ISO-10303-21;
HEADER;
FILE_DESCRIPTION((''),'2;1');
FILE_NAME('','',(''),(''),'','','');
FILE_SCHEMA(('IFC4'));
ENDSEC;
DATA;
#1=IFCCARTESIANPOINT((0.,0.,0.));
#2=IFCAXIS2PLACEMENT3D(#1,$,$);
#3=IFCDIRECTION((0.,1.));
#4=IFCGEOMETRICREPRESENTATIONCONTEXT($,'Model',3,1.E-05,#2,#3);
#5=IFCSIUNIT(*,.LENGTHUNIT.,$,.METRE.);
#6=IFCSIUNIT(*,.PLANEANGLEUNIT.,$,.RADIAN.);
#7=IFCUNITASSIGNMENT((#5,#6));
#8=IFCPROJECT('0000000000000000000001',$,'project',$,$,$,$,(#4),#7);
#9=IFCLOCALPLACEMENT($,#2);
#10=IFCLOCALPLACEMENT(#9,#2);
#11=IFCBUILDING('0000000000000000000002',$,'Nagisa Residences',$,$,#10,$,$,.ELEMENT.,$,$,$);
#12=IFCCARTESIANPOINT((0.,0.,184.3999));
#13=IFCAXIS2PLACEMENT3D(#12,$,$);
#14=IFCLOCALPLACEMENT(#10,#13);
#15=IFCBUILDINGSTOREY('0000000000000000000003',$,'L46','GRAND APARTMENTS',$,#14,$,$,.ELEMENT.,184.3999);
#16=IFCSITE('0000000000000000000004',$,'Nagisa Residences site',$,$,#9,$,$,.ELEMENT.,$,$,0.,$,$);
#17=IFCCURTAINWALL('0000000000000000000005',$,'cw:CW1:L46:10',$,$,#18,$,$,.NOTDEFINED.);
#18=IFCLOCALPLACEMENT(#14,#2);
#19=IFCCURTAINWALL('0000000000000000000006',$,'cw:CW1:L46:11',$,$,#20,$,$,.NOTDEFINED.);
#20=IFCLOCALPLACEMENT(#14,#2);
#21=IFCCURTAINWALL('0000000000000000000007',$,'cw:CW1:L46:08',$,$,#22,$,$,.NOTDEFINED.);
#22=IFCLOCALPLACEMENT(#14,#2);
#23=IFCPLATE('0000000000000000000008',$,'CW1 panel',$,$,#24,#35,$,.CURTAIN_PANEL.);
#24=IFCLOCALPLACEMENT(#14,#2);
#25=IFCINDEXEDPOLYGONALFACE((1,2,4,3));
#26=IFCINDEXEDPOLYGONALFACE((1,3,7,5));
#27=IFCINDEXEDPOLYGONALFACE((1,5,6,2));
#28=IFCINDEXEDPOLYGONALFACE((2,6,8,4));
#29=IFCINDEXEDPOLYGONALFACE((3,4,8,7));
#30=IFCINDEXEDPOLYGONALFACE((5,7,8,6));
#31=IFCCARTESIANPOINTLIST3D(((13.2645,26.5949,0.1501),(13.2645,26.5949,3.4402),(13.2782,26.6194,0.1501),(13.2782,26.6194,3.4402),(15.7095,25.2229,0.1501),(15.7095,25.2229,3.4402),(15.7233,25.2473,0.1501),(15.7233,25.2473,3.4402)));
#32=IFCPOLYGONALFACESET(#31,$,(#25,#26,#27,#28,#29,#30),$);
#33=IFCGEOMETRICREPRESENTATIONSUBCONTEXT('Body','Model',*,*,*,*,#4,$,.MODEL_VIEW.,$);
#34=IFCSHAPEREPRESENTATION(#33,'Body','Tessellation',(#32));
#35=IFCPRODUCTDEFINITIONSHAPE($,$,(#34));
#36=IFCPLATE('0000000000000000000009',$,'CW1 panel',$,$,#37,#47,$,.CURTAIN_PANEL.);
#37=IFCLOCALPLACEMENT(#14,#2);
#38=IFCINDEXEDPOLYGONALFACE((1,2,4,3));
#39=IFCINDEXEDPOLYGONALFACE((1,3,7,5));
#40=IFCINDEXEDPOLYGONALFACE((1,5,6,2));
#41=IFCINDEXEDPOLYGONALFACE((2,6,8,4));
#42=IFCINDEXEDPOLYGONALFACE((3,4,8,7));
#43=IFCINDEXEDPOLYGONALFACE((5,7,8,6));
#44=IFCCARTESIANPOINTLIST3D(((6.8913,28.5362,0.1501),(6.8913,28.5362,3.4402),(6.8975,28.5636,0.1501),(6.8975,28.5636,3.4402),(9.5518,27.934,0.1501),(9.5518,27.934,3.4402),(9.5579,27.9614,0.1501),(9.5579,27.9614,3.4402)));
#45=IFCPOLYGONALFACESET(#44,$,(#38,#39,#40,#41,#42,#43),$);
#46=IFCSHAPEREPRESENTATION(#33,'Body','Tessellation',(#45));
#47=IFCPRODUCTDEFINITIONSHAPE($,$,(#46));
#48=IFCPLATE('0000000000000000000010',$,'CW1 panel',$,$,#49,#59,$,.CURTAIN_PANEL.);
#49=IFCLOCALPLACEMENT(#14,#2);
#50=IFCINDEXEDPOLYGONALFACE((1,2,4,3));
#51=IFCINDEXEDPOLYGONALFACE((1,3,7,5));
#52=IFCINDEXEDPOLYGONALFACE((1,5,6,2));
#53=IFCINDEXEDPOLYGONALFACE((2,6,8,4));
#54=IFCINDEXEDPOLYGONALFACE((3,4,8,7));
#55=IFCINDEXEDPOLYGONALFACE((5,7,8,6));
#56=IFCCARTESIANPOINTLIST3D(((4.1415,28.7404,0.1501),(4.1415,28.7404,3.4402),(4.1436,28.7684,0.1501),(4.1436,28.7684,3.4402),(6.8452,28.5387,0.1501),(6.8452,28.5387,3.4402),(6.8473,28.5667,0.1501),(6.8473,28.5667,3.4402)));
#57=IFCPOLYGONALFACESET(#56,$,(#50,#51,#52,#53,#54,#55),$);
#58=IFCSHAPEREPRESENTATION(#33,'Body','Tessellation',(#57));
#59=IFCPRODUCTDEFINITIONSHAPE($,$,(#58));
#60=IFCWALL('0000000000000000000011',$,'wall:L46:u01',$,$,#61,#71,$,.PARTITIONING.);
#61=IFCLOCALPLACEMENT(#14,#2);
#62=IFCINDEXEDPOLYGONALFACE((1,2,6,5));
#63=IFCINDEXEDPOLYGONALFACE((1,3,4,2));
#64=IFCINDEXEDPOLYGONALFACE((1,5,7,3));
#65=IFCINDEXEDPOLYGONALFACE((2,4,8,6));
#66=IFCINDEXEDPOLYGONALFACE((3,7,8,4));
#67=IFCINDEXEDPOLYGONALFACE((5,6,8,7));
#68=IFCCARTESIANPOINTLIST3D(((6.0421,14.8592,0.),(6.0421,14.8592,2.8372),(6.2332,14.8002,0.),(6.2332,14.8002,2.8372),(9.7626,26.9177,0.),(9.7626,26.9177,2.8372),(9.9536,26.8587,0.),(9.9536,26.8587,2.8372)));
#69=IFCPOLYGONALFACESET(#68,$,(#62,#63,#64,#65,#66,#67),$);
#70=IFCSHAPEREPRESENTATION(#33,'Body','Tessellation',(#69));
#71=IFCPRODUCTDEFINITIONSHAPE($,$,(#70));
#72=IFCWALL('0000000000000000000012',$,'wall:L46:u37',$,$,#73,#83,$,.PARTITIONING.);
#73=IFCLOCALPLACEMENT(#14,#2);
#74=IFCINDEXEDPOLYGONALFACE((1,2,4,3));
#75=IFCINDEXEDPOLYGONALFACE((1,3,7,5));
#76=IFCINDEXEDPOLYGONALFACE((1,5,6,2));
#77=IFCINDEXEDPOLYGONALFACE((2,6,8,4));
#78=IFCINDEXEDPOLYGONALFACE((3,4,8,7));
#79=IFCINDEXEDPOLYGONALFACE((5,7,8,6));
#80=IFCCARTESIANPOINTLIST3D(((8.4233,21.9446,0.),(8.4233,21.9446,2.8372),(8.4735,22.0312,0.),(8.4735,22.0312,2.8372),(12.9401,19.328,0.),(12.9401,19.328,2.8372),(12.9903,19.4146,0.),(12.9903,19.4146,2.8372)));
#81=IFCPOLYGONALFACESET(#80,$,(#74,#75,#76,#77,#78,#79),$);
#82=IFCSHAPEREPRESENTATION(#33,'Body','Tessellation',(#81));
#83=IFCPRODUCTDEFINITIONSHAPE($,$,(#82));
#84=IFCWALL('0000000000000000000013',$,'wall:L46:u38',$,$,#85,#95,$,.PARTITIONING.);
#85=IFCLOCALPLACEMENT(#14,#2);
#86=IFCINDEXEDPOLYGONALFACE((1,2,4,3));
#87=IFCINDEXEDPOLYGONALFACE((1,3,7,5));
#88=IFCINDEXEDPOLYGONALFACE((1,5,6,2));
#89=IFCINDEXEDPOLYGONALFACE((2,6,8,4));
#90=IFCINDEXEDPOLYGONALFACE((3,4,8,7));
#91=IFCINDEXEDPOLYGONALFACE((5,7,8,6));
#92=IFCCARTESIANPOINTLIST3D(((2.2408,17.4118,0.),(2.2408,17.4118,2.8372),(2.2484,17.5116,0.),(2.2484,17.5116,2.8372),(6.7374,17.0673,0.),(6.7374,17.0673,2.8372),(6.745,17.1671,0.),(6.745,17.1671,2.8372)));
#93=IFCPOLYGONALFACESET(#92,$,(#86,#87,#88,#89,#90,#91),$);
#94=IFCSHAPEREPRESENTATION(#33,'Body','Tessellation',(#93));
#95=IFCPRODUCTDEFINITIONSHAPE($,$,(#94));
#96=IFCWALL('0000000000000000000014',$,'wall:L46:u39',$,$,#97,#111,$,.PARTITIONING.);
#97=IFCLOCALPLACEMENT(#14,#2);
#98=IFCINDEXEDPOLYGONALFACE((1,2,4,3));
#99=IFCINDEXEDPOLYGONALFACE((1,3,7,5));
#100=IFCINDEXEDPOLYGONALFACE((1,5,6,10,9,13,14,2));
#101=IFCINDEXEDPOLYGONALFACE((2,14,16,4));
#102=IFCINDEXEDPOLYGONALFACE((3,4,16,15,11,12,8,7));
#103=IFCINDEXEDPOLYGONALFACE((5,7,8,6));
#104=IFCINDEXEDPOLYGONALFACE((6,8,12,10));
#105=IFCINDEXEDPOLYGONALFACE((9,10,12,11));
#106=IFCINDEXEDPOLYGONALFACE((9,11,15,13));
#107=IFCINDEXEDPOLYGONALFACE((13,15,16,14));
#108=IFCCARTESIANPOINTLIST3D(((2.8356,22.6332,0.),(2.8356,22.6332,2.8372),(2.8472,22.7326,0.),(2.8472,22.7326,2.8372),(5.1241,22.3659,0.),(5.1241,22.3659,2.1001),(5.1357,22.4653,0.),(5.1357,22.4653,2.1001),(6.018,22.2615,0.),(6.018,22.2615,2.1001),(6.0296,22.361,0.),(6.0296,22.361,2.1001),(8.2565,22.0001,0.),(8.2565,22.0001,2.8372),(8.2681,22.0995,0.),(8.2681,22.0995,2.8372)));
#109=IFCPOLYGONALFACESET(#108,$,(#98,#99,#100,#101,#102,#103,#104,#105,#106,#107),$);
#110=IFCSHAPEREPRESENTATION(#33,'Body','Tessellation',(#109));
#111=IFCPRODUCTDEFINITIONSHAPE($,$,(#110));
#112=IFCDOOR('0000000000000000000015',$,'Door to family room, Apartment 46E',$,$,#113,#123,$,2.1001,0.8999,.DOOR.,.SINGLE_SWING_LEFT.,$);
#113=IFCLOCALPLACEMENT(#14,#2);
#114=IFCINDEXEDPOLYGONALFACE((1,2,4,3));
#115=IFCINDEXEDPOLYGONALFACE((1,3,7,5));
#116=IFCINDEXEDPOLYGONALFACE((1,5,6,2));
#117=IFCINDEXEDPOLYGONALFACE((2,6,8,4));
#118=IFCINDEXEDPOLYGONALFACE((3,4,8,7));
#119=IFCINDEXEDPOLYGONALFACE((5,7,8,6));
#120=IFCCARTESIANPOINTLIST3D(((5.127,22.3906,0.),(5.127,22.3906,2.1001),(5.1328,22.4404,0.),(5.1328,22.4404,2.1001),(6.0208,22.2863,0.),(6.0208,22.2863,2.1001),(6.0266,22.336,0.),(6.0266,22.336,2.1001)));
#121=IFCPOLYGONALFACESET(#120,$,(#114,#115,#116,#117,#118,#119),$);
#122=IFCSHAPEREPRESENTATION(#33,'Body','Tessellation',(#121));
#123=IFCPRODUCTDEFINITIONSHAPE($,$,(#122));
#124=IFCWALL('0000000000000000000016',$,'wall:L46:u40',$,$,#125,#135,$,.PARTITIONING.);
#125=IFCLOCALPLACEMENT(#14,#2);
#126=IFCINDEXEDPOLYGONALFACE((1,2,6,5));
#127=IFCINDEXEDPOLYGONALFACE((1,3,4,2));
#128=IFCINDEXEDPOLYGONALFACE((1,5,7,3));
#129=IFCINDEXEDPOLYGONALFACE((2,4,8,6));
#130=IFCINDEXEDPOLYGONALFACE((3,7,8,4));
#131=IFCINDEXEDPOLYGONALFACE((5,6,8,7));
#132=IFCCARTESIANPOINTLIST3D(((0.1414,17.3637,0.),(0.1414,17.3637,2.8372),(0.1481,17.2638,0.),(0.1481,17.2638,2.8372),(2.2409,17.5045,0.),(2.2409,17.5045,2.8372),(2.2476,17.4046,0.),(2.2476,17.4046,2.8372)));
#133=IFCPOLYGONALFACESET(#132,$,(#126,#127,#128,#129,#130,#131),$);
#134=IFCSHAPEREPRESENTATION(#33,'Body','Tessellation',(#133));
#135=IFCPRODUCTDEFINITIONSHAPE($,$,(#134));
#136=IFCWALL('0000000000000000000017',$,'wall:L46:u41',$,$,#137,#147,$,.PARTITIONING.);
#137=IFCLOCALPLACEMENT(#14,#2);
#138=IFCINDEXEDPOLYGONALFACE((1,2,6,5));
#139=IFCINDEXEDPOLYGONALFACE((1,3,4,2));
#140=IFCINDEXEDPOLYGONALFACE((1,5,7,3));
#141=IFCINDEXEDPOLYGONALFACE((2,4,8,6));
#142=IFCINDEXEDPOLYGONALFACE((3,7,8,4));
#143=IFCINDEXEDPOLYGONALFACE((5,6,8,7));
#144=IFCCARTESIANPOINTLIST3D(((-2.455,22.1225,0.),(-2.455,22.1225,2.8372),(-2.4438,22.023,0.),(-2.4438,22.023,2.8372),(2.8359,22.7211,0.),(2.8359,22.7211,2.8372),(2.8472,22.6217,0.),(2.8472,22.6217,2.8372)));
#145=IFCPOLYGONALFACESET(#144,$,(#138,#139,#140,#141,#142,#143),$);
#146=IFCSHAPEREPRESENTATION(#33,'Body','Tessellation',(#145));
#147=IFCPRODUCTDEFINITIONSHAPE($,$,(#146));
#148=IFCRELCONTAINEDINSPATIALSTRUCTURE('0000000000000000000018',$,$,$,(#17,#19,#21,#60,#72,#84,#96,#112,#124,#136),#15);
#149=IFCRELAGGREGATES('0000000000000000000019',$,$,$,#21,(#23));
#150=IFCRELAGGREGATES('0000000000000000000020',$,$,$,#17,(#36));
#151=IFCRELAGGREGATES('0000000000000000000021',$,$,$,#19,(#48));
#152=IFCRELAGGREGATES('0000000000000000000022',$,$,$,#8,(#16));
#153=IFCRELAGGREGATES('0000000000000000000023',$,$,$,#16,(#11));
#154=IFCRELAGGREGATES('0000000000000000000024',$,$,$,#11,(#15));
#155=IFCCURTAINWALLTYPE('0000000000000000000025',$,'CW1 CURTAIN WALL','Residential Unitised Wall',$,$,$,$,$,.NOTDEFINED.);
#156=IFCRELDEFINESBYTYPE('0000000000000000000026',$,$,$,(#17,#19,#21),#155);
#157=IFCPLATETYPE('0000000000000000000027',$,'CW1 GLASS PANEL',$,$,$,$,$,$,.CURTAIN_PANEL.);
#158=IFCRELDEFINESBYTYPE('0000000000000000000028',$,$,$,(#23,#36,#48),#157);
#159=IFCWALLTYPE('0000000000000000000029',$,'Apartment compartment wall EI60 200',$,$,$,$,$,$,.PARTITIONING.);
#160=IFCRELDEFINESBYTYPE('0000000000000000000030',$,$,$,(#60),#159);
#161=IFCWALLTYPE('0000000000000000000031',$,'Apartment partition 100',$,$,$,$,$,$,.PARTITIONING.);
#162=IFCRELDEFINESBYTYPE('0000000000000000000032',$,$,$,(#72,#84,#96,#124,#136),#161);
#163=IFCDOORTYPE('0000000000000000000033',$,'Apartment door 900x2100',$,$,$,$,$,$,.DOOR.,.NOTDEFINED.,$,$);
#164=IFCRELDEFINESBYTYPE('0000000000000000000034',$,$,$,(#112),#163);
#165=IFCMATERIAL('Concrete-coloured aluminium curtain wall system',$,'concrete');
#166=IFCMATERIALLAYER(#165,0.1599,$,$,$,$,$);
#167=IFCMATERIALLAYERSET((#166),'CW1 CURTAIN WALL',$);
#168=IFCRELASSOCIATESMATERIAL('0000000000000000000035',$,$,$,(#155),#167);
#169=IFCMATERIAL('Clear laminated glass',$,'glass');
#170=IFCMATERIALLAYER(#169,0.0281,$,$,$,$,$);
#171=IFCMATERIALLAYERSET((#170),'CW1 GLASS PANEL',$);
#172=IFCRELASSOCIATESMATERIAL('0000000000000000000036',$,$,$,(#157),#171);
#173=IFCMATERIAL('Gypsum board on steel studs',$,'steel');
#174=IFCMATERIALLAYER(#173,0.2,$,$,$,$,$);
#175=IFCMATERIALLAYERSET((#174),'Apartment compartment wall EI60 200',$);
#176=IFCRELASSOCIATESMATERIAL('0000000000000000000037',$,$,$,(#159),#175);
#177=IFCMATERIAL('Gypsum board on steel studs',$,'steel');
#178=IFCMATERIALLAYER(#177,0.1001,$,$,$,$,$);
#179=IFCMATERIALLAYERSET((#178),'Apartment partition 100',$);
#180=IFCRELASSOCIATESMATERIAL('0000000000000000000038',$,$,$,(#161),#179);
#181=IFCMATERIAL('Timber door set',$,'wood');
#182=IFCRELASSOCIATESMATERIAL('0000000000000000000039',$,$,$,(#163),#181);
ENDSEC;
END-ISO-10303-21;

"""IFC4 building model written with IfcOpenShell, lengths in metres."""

from ifc_helpers import new_model, si_unit, direction, frame, frame_2d, origin, origin_2d, place, context, subcontext, project, spatial, rectangle, extrude, material, layer, layer_set, type_object, element, fill, aggregate, save


model = new_model("IFC4")

# Units and contexts
model_context = context("Model", 3, precision=1e-05, world=origin(), true_north=direction((0.0, 1.0)))
body_context = subcontext(model_context, "Body", "Model", "MODEL_VIEW")
ifc_project = project(units=[si_unit("LENGTHUNIT", "METRE"), si_unit("PLANEANGLEUNIT", "RADIAN")], contexts=[model_context])

# Site, building, storey
site_placement = place(None, origin())
site = spatial("IfcSite", under=ifc_project, at=site_placement, Name="Nagisa Residences site", CompositionType="ELEMENT", RefElevation=0.0)
building_placement = place(site_placement, origin())
building = spatial("IfcBuilding", under=site, at=building_placement, Name="Nagisa Residences", CompositionType="ELEMENT")
storey_placement = place(building_placement, frame((0.0, 0.0, 184.3999)))
storey = spatial("IfcBuildingStorey", under=building, at=storey_placement, Name="L46", Description="GRAND APARTMENTS", CompositionType="ELEMENT", Elevation=184.3999)

# Curtain walls
ifc_material_1 = material(Name="Concrete-coloured aluminium curtain wall system", Category="concrete")
ifc_layer_1 = layer(ifc_material_1, 0.1599)
ifc_layer_set_1 = layer_set([ifc_layer_1], Name="CW1 CURTAIN WALL")
curtain_wall_type = type_object("IfcCurtainWallType", Name="CW1 CURTAIN WALL", Description="Residential Unitised Wall", PredefinedType="NOTDEFINED", material=ifc_layer_set_1)
curtain_wall_1_placement = place(storey_placement, origin())
curtain_wall_1 = element("IfcCurtainWall", 1, at=curtain_wall_1_placement, inside=storey, type_object=curtain_wall_type, Name="cw:CW1:L46:10", PredefinedType="NOTDEFINED")
curtain_wall_2_placement = place(storey_placement, origin())
curtain_wall_2 = element("IfcCurtainWall", 2, at=curtain_wall_2_placement, inside=storey, type_object=curtain_wall_type, Name="cw:CW1:L46:11", PredefinedType="NOTDEFINED")

# Curtain wall, plate
curtain_wall_3_placement = place(storey_placement, origin())
curtain_wall_3 = element("IfcCurtainWall", 3, at=curtain_wall_3_placement, inside=storey, type_object=curtain_wall_type, Name="cw:CW1:L46:08", PredefinedType="NOTDEFINED")
ifc_material_2 = material(Name="Clear laminated glass", Category="glass")
ifc_layer_2 = layer(ifc_material_2, 0.0281)
ifc_layer_set_2 = layer_set([ifc_layer_2], Name="CW1 GLASS PANEL")
plate_type = type_object("IfcPlateType", Name="CW1 GLASS PANEL", PredefinedType="CURTAIN_PANEL", material=ifc_layer_set_2)
plate_1_placement = place(storey_placement, frame((14.4939, 25.9211, 0.1501), z_axis=(0.0, 0.0, 1.0), x_axis=(-0.872072, 0.489377, 0.0)))
plate_1 = element("IfcPlate", 4, at=plate_1_placement, type_object=plate_type, Name="CW1 panel", PredefinedType="CURTAIN_PANEL", context=body_context, shape_type="SweptSolid", body=[
    extrude(rectangle(XDim=2.8037, YDim=0.0281, at=origin_2d()), origin(), (0.0, 0.0, 1.0), 3.29),
])
aggregate(curtain_wall_3, [plate_1])

# Plates
plate_2_placement = place(storey_placement, frame((8.2246, 28.2488, 0.1501), z_axis=(0.0, 0.0, 1.0), x_axis=(-0.975327, 0.220764, 0.0)))
plate_2 = element("IfcPlate", 5, at=plate_2_placement, type_object=plate_type, Name="CW1 panel", PredefinedType="CURTAIN_PANEL", context=body_context, shape_type="SweptSolid", body=[
    extrude(rectangle(XDim=2.7278, YDim=0.0281, at=origin_2d()), origin(), (0.0, 0.0, 1.0), 3.29),
])
aggregate(curtain_wall_1, [plate_2])
plate_3_placement = place(storey_placement, frame((5.4944, 28.6536, 0.1501), z_axis=(0.0, 0.0, 1.0), x_axis=(-0.99723, 0.074377, 0.0)))
plate_3 = element("IfcPlate", 6, at=plate_3_placement, type_object=plate_type, Name="CW1 panel", PredefinedType="CURTAIN_PANEL", context=body_context, shape_type="SweptSolid", body=[
    extrude(rectangle(XDim=2.7112, YDim=0.0281, at=origin_2d()), origin(), (0.0, 0.0, 1.0), 3.29),
])
aggregate(curtain_wall_2, [plate_3])

# Walls
ifc_material_3 = material(Name="Gypsum board on steel studs", Category="steel")
ifc_layer_3 = layer(ifc_material_3, 0.2)
ifc_layer_set_3 = layer_set([ifc_layer_3], Name="Apartment compartment wall EI60 200")
wall_type_1 = type_object("IfcWallType", Name="Apartment compartment wall EI60 200", PredefinedType="PARTITIONING", material=ifc_layer_set_3)
wall_1_placement = place(storey_placement, frame((6.1377, 14.8298, 0.0), z_axis=(0.0, 0.0, 1.0), x_axis=(0.294819, 0.955553, 0.0)))
element("IfcWall", 7, at=wall_1_placement, inside=storey, type_object=wall_type_1, Name="wall:L46:u01", PredefinedType="PARTITIONING", context=body_context, shape_type="SweptSolid", body=[
    extrude(rectangle(XDim=12.6194, YDim=0.2, at=frame_2d((6.3096, 0.0))), origin(), (0.0, 0.0, 1.0), 2.8372),
])
ifc_material_4 = material(Name="Gypsum board on steel studs", Category="steel")
ifc_layer_4 = layer(ifc_material_4, 0.1001)
ifc_layer_set_4 = layer_set([ifc_layer_4], Name="Apartment partition 100")
wall_type_2 = type_object("IfcWallType", Name="Apartment partition 100", PredefinedType="PARTITIONING", material=ifc_layer_set_4)
wall_2_placement = place(storey_placement, frame((12.9651, 19.3713, 0.0), z_axis=(0.0, 0.0, 1.0), x_axis=(-0.865286, 0.501278, 0.0)))
element("IfcWall", 8, at=wall_2_placement, inside=storey, type_object=wall_type_2, Name="wall:L46:u37", PredefinedType="PARTITIONING", context=body_context, shape_type="SweptSolid", body=[
    extrude(rectangle(XDim=5.22, YDim=0.1001, at=frame_2d((2.6099, 0.0))), origin(), (0.0, 0.0, 1.0), 2.8372),
])
wall_3_placement = place(storey_placement, frame((6.7412, 17.1172, 0.0), z_axis=(0.0, 0.0, 1.0), x_axis=(-0.997078, 0.076386, 0.0)))
element("IfcWall", 9, at=wall_3_placement, inside=storey, type_object=wall_type_2, Name="wall:L46:u38", PredefinedType="PARTITIONING", context=body_context, shape_type="SweptSolid", body=[
    extrude(rectangle(XDim=4.5098, YDim=0.1001, at=frame_2d((2.2549, 0.0))), origin(), (0.0, 0.0, 1.0), 2.8372),
])

# Wall, opening, door
wall_4_placement = place(storey_placement, frame((8.2625, 22.0498, 0.0), z_axis=(0.0, 0.0, 1.0), x_axis=(-0.99325, 0.115993, 0.0)))
wall_4 = element("IfcWall", 10, at=wall_4_placement, inside=storey, type_object=wall_type_2, Name="wall:L46:u39", PredefinedType="PARTITIONING", context=body_context, shape_type="SweptSolid", body=[
    extrude(rectangle(XDim=5.4578, YDim=0.1001, at=frame_2d((2.729, 0.0))), origin(), (0.0, 0.0, 1.0), 2.8372),
])
opening_1_placement = place(wall_4_placement, frame((2.2539, 0.0, 0.0)))
opening_1 = element("IfcOpeningElement", 11, at=opening_1_placement, cuts=wall_4, PredefinedType="OPENING", context=body_context, shape_type="SweptSolid", body=[
    extrude(rectangle(XDim=0.8999, YDim=2.1001, at=frame_2d((0.45, 1.05))), frame((0.0, 0.0601, 0.0), z_axis=(0.0, -1.0, 0.0), x_axis=(1.0, 0.0, 0.0)), (0.0, 0.0, 1.0), 0.1201),
])
ifc_material_5 = material(Name="Timber door set", Category="wood")
door_type_1 = type_object("IfcDoorType", Name="Apartment door 900x2100", OperationType="NOTDEFINED", PredefinedType="DOOR", material=ifc_material_5)
door_1_placement = place(opening_1_placement, frame((0.8999, 0.0, 0.0), x_axis=(-1.0, 0.0, 0.0)))
door_1 = element("IfcDoor", 12, at=door_1_placement, inside=storey, type_object=door_type_1, Name="Door to family room, Apartment 46E", OperationType="SINGLE_SWING_LEFT", OverallHeight=2.1001, OverallWidth=0.8999, PredefinedType="DOOR", context=body_context, shape_type="SweptSolid", body=[
    extrude(rectangle(XDim=0.8999, YDim=2.1001, at=frame_2d((0.45, 1.05))), frame((0.0, 0.0249, 0.0), z_axis=(0.0, -1.0, 0.0), x_axis=(1.0, 0.0, 0.0)), (0.0, 0.0, 1.0), 0.05),
])
fill(opening_1, door_1)

# Walls
wall_5_placement = place(storey_placement, frame((2.2444, 17.4546, 0.0), z_axis=(0.0, 0.0, 1.0), x_axis=(-0.997757, -0.066943, 0.0)))
element("IfcWall", 13, at=wall_5_placement, inside=storey, type_object=wall_type_2, Name="wall:L46:u40", PredefinedType="PARTITIONING", context=body_context, shape_type="SweptSolid", body=[
    extrude(rectangle(XDim=2.1042, YDim=0.1001, at=frame_2d((1.0522, 0.0))), origin(), (0.0, 0.0, 1.0), 2.8372),
])
wall_6_placement = place(storey_placement, frame((2.8416, 22.6714, 0.0), z_axis=(0.0, 0.0, 1.0), x_axis=(-0.99366, -0.112424, 0.0)))
element("IfcWall", 14, at=wall_6_placement, inside=storey, type_object=wall_type_2, Name="wall:L46:u41", PredefinedType="PARTITIONING", context=body_context, shape_type="SweptSolid", body=[
    extrude(rectangle(XDim=5.3247, YDim=0.1001, at=frame_2d((2.6624, 0.0))), origin(), (0.0, 0.0, 1.0), 2.8372),
])

save(model, "model.ifc")
